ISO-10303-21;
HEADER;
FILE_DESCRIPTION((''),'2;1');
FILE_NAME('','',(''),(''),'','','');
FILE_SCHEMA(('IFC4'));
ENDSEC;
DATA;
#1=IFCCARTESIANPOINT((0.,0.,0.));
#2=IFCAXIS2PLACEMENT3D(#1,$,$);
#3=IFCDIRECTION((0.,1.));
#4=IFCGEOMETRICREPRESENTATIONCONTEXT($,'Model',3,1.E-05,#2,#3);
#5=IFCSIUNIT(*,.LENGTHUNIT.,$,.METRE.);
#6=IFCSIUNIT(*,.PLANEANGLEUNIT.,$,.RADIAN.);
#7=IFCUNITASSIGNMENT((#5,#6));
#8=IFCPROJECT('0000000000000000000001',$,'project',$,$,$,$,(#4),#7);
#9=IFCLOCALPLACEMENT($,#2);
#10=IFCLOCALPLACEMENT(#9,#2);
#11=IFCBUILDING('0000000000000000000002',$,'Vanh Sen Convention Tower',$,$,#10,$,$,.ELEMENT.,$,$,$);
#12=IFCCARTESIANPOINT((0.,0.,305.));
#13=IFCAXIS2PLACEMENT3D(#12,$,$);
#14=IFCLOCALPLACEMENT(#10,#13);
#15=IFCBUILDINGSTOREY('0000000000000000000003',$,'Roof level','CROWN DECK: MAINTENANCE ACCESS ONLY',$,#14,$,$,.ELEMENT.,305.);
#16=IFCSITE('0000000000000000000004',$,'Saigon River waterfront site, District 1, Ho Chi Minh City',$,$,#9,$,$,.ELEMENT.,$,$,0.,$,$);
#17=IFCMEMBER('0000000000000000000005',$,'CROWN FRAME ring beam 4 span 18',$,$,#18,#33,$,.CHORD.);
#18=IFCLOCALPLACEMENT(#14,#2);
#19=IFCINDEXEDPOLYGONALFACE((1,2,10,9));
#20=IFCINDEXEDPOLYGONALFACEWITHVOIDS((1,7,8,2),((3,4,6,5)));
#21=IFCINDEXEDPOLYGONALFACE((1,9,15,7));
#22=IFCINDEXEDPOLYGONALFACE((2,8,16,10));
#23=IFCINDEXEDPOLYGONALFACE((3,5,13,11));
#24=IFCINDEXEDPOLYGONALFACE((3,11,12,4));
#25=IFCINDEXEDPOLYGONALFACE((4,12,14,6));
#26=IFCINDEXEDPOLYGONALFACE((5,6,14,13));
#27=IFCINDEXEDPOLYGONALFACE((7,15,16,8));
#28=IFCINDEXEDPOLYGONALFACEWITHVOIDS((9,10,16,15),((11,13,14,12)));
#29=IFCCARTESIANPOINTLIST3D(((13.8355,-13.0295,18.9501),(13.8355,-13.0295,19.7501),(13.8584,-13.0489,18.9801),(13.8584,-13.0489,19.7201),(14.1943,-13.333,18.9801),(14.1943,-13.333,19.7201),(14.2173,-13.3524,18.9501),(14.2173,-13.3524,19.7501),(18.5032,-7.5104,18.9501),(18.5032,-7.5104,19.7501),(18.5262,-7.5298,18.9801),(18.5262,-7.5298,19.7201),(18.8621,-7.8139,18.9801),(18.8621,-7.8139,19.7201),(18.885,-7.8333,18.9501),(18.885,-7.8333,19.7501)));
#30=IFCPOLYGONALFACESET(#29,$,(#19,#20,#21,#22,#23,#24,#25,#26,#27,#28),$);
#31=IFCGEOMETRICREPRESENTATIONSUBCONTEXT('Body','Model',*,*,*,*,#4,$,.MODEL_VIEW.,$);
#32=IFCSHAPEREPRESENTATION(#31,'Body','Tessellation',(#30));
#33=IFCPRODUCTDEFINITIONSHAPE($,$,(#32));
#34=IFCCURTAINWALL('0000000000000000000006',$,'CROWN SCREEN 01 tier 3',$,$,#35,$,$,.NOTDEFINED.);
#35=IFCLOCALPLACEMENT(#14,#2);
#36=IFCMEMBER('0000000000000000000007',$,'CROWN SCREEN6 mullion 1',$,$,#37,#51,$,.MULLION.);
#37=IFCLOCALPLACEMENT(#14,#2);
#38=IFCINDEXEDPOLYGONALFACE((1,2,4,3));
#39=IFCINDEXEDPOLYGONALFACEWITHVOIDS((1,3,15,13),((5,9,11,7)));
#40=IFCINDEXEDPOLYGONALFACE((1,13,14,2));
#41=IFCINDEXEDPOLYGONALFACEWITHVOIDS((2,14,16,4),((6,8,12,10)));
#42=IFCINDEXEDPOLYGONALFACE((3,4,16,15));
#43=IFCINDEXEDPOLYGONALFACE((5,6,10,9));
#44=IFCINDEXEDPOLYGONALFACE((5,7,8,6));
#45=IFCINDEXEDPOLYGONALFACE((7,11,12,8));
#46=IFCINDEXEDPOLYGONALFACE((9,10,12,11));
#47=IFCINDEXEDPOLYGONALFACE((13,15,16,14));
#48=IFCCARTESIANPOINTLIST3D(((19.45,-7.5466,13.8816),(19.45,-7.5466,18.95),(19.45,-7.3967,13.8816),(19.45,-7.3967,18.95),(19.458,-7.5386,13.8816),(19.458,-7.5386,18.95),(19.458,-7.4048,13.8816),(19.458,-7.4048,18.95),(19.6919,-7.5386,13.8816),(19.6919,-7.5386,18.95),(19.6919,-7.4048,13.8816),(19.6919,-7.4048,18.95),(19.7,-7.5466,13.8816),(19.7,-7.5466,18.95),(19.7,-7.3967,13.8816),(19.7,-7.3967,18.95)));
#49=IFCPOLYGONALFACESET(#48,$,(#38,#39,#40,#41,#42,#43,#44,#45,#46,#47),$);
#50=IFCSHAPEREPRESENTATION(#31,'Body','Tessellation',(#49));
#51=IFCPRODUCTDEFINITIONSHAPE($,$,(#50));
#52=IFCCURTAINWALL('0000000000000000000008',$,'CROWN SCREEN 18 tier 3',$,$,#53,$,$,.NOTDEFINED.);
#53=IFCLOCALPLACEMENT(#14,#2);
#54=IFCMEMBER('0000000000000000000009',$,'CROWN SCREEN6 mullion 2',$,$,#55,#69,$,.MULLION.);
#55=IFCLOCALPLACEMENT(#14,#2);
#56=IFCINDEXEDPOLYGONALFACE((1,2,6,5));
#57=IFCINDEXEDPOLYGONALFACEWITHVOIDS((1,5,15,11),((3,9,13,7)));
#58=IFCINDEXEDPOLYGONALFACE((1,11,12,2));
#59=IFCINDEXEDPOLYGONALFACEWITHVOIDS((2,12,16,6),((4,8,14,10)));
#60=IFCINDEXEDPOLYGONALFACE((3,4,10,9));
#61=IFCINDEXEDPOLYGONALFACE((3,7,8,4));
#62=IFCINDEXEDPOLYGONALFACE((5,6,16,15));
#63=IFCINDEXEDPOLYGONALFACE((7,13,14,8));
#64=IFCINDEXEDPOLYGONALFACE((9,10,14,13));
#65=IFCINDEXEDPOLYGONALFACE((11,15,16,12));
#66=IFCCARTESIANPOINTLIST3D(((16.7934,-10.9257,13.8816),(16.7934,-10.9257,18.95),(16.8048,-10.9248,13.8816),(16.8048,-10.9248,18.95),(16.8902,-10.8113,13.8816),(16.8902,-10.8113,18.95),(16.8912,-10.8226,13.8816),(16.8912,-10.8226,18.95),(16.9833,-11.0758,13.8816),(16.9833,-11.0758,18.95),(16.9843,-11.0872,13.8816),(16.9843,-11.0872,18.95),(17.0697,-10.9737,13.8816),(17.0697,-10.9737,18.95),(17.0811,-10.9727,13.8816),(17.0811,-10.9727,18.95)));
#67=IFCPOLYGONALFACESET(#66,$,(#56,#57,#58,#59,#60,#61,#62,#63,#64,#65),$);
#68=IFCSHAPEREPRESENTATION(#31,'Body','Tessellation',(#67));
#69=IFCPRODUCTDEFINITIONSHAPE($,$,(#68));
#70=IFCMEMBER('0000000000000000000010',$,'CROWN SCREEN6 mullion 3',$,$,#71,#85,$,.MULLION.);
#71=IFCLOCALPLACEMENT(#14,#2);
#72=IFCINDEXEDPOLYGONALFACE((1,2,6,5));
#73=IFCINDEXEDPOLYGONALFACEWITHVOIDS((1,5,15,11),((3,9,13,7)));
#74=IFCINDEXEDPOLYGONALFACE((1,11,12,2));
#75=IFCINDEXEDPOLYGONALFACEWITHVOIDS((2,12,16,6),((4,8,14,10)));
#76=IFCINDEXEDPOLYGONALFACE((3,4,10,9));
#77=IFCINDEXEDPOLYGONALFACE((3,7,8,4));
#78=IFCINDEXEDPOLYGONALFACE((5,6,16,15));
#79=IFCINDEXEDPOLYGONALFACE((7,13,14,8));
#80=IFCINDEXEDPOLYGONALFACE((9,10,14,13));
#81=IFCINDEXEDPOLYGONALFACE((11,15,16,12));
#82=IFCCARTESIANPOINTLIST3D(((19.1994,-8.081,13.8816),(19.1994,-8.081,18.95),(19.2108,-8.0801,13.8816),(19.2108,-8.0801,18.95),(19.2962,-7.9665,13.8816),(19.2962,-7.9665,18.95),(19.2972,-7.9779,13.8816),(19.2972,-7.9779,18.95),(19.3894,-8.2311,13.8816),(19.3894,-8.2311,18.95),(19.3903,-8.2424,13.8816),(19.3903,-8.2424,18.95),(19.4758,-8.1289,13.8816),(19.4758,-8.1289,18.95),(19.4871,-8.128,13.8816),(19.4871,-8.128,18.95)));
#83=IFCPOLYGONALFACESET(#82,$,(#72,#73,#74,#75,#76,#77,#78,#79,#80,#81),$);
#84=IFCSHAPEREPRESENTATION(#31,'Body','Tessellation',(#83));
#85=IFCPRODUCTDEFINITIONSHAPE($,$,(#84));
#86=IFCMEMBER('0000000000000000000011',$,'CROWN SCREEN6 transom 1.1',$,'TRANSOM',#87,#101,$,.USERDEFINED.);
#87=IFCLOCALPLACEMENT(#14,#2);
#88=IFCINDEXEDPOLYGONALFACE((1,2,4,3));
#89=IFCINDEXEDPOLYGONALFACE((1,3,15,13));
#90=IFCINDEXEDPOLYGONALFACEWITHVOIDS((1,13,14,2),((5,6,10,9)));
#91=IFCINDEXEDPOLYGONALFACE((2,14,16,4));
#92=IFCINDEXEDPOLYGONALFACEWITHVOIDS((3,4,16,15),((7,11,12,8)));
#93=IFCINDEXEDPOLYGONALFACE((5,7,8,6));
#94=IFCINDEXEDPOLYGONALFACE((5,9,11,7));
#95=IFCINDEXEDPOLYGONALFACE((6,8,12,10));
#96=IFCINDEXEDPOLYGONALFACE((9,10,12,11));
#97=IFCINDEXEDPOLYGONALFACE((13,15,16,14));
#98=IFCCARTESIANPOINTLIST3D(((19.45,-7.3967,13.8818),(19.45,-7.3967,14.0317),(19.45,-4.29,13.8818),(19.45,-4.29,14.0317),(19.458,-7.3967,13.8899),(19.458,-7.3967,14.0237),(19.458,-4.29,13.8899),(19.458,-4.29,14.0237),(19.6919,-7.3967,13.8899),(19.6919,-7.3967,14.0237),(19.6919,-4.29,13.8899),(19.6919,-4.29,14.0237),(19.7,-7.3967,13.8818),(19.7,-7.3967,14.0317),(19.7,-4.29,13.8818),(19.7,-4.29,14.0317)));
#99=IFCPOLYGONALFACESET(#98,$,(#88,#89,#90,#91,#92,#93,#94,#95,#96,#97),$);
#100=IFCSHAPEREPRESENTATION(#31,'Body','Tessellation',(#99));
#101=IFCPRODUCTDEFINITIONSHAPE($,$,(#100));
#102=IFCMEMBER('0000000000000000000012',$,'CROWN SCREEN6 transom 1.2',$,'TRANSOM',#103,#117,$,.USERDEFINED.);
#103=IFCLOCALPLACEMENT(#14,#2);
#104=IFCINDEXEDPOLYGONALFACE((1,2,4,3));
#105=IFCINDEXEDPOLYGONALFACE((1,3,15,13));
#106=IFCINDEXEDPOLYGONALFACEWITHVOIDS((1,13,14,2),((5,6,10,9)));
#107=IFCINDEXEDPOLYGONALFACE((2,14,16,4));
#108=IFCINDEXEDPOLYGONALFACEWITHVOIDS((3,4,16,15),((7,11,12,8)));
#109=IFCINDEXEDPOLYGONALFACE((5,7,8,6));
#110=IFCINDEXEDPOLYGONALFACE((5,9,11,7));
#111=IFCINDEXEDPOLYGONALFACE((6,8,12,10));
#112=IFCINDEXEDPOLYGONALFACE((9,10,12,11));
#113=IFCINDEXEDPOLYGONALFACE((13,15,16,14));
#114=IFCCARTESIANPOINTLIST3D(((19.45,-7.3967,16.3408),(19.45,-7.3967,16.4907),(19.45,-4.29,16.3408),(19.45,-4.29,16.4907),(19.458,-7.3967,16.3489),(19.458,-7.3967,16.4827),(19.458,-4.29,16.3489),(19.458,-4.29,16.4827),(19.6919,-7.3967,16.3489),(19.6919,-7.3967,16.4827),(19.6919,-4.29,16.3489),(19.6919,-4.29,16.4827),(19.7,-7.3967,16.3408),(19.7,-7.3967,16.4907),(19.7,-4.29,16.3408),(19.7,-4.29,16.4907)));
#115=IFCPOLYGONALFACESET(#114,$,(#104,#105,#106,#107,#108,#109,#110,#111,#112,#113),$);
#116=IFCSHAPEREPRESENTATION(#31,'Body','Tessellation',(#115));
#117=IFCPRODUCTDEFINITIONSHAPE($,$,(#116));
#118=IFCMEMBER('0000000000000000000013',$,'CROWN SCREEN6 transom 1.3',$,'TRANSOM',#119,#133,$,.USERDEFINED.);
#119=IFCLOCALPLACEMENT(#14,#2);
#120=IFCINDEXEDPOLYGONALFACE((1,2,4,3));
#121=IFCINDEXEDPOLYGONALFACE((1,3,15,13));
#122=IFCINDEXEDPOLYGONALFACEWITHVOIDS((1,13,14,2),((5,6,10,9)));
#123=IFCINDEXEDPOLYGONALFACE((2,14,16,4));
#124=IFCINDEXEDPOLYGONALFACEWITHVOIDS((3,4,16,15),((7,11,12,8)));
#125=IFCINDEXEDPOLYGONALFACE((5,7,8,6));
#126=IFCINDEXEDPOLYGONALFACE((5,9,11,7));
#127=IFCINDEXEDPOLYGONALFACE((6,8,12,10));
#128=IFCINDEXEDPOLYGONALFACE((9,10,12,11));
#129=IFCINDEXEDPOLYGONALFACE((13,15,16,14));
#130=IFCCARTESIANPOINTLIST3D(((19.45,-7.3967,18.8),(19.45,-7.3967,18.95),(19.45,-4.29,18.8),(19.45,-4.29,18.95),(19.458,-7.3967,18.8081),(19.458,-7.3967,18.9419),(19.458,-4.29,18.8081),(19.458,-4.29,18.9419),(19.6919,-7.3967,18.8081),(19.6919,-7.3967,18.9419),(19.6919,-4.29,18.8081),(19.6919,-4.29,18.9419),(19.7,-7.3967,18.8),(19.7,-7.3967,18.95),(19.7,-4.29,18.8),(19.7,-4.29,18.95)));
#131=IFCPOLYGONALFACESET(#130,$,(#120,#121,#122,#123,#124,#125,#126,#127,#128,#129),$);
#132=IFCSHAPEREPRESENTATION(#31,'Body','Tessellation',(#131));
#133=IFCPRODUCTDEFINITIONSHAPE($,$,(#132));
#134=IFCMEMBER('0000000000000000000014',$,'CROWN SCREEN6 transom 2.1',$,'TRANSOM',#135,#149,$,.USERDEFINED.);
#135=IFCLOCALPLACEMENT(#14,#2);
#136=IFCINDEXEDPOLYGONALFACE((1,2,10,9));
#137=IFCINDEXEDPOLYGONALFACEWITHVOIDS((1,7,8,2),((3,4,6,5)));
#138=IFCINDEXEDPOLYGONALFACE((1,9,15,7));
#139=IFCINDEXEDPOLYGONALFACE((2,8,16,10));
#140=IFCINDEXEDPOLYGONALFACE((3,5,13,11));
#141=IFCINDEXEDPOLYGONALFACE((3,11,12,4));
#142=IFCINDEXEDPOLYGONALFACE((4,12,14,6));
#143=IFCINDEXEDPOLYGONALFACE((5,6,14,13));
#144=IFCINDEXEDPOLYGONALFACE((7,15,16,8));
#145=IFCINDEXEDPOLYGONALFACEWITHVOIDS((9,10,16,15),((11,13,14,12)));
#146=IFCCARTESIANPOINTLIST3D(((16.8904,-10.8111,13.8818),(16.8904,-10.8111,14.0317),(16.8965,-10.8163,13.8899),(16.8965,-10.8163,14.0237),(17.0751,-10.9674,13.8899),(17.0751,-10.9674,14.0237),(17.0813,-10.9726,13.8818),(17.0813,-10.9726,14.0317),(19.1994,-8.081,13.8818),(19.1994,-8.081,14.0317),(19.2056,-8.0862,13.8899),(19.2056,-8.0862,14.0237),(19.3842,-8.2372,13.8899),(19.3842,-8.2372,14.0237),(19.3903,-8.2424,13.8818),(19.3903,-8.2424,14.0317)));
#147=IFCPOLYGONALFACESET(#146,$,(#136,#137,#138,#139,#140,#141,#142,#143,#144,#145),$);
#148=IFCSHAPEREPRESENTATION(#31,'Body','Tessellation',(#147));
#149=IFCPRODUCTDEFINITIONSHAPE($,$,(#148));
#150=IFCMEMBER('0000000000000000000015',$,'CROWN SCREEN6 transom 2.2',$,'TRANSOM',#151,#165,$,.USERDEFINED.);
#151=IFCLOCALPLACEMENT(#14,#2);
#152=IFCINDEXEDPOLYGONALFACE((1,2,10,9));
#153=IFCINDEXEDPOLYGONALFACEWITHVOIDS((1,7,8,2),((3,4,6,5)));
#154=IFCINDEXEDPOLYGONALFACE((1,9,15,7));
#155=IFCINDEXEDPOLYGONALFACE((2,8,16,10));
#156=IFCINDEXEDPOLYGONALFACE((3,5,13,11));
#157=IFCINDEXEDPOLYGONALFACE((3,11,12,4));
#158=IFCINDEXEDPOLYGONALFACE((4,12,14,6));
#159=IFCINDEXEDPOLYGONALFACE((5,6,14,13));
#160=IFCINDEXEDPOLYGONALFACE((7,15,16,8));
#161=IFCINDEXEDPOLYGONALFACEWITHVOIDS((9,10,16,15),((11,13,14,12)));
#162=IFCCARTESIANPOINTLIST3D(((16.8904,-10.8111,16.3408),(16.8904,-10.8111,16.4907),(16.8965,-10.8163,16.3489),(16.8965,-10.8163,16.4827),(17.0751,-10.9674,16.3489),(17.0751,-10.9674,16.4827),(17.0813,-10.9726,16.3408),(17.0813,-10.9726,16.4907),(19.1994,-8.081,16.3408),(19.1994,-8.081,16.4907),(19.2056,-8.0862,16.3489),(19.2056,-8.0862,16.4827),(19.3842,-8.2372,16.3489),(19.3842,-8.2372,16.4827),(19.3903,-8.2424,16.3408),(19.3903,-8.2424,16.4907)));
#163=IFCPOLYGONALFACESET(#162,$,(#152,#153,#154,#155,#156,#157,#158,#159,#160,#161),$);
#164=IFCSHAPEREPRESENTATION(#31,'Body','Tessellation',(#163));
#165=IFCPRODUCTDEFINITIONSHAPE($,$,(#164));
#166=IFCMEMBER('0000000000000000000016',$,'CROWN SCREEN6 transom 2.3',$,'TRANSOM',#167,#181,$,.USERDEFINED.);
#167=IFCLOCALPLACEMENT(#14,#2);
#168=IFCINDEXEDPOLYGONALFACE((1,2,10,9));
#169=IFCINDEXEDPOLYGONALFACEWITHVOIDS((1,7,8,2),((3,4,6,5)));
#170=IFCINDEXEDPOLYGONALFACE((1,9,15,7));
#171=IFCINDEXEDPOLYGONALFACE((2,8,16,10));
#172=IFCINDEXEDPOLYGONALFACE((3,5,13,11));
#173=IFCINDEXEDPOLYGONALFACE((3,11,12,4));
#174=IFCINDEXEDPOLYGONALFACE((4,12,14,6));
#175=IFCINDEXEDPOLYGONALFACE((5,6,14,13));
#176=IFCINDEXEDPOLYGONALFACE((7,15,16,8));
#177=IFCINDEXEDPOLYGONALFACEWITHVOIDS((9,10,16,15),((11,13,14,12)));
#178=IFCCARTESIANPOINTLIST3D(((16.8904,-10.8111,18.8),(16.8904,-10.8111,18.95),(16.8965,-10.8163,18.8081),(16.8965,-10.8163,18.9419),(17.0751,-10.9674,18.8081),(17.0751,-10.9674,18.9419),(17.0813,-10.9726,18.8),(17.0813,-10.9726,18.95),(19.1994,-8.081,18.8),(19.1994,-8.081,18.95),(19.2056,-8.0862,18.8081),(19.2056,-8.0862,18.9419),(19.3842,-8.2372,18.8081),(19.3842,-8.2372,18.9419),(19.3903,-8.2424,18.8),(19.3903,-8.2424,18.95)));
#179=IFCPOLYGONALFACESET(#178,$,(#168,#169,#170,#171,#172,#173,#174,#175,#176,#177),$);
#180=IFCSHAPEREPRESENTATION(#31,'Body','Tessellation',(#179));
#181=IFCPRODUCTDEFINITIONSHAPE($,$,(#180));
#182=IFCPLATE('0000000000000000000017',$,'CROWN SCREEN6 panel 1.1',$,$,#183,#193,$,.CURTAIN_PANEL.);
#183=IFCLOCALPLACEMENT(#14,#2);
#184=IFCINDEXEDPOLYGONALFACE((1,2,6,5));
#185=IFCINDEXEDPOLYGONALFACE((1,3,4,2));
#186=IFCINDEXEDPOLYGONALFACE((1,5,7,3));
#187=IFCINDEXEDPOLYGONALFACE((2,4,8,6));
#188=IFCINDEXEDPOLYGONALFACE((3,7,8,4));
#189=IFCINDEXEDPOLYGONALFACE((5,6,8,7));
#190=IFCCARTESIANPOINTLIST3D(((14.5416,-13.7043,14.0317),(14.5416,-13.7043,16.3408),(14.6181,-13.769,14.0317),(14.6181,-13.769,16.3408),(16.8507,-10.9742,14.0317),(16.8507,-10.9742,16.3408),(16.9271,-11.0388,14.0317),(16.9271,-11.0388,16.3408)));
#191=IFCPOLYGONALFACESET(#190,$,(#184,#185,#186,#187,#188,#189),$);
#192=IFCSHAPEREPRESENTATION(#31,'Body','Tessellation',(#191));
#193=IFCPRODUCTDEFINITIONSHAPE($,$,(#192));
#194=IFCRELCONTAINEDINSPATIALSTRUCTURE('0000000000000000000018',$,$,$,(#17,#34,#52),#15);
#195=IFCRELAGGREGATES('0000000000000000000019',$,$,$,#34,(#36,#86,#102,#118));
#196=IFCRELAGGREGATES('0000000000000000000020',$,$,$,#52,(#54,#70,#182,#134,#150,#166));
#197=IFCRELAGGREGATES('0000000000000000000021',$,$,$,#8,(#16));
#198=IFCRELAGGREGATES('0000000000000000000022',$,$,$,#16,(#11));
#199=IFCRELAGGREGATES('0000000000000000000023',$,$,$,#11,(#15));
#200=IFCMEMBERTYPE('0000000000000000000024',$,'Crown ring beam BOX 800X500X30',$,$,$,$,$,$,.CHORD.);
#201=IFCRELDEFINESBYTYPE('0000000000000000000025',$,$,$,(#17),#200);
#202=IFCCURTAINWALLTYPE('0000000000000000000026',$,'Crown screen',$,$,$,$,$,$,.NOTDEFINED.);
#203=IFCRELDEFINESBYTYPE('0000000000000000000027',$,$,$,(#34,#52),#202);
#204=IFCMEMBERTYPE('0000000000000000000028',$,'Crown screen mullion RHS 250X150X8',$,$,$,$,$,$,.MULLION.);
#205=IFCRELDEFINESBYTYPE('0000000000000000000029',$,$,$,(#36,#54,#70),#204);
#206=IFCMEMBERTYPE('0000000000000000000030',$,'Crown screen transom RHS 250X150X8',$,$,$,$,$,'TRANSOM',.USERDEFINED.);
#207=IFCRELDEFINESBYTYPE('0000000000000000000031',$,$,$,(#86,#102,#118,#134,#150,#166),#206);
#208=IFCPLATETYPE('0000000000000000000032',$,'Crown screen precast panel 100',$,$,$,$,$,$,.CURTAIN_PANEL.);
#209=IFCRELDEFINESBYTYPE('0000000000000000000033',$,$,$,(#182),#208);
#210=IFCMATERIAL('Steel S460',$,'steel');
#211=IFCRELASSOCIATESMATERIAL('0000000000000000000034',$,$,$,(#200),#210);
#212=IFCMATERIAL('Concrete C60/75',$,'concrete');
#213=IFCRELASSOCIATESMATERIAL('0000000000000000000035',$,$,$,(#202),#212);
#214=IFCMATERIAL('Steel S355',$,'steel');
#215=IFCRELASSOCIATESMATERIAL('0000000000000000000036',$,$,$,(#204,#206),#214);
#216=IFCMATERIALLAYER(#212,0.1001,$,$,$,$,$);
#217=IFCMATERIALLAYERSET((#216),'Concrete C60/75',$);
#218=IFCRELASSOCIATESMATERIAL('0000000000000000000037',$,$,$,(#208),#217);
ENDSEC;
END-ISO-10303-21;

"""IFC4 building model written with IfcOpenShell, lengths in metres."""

from ifc_helpers import new_model, si_unit, direction, frame, origin, origin_2d, place, context, subcontext, project, spatial, rectangle, hollow_rectangle, extrude, material, layer, layer_set, material_profile, profile_set, type_object, element, aggregate, save


model = new_model("IFC4")

# Units and contexts
model_context = context("Model", 3, precision=1e-05, world=origin(), true_north=direction((0.0, 1.0)))
body_context = subcontext(model_context, "Body", "Model", "MODEL_VIEW")
ifc_project = project(units=[si_unit("LENGTHUNIT", "METRE"), si_unit("PLANEANGLEUNIT", "RADIAN")], contexts=[model_context])

# Site, building, storey
site_placement = place(None, origin())
site = spatial("IfcSite", under=ifc_project, at=site_placement, Name="Saigon River waterfront site, District 1, Ho Chi Minh City", CompositionType="ELEMENT", RefElevation=0.0)
building_placement = place(site_placement, origin())
building = spatial("IfcBuilding", under=site, at=building_placement, Name="Vanh Sen Convention Tower", CompositionType="ELEMENT")
storey_placement = place(building_placement, frame((0.0, 0.0, 305.0)))
storey = spatial("IfcBuildingStorey", under=building, at=storey_placement, Name="Roof level", Description="CROWN DECK: MAINTENANCE ACCESS ONLY", CompositionType="ELEMENT", Elevation=305.0)

# Member
ifc_material_1 = material(Name="Steel S460", Category="steel")
ifc_material_profile_1 = material_profile(ifc_material_1, hollow_rectangle(XDim=0.5, YDim=0.8, WallThickness=0.03, at=origin_2d()), Name="BOX 800X500X30")
ifc_profile_set_1 = profile_set([ifc_material_profile_1], Name="Steel S460")
member_type_1 = type_object("IfcMemberType", Name="Crown ring beam BOX 800X500X30", PredefinedType="CHORD", material=ifc_profile_set_1)
member_1_placement = place(storey_placement, frame((14.0264, -13.1909, 19.3501), z_axis=(0.645762, 0.763539, 0.0), x_axis=(-0.763539, 0.645762, 0.0)))
element("IfcMember", 1, at=member_1_placement, inside=storey, type_object=member_type_1, Name="CROWN FRAME ring beam 4 span 18", PredefinedType="CHORD", context=body_context, shape_type="SweptSolid", body=[
    extrude(hollow_rectangle(XDim=0.5, YDim=0.8, WallThickness=0.03, at=origin_2d()), origin(), (0.0, 0.0, 1.0), 7.2283),
])

# Curtain wall, member
ifc_material_2 = material(Name="Concrete C60/75", Category="concrete")
curtain_wall_type = type_object("IfcCurtainWallType", Name="Crown screen", PredefinedType="NOTDEFINED", material=ifc_material_2)
curtain_wall_1_placement = place(storey_placement, origin())
curtain_wall_1 = element("IfcCurtainWall", 2, at=curtain_wall_1_placement, inside=storey, type_object=curtain_wall_type, Name="CROWN SCREEN 01 tier 3", PredefinedType="NOTDEFINED")
ifc_material_3 = material(Name="Steel S355", Category="steel")
ifc_material_profile_2 = material_profile(ifc_material_3, hollow_rectangle(XDim=0.25, YDim=0.1499, WallThickness=0.0081, at=origin_2d()), Name="RHS 250X150X8")
ifc_profile_set_2 = profile_set([ifc_material_profile_2], Name="Steel S355")
member_type_2 = type_object("IfcMemberType", Name="Crown screen mullion RHS 250X150X8", PredefinedType="MULLION", material=ifc_profile_set_2)
member_2_placement = place(storey_placement, frame((19.575, -7.4717, 13.8816), z_axis=(0.0, 0.0, 1.0), x_axis=(-1.0, 0.0, 0.0)))
member_2 = element("IfcMember", 3, at=member_2_placement, type_object=member_type_2, Name="CROWN SCREEN6 mullion 1", PredefinedType="MULLION", context=body_context, shape_type="SweptSolid", body=[
    extrude(hollow_rectangle(XDim=0.25, YDim=0.1499, WallThickness=0.0081, at=origin_2d()), origin(), (0.0, 0.0, 1.0), 5.0684),
])

# Curtain wall, members
curtain_wall_2_placement = place(storey_placement, origin())
curtain_wall_2 = element("IfcCurtainWall", 4, at=curtain_wall_2_placement, inside=storey, type_object=curtain_wall_type, Name="CROWN SCREEN 18 tier 3", PredefinedType="NOTDEFINED")
member_3_placement = place(storey_placement, frame((16.9373, -10.9492, 13.8816), z_axis=(0.0, 0.0, 1.0), x_axis=(-0.763535, 0.645766, 0.0)))
member_3 = element("IfcMember", 5, at=member_3_placement, type_object=member_type_2, Name="CROWN SCREEN6 mullion 2", PredefinedType="MULLION", context=body_context, shape_type="SweptSolid", body=[
    extrude(hollow_rectangle(XDim=0.25, YDim=0.1499, WallThickness=0.0081, at=origin_2d()), origin(), (0.0, 0.0, 1.0), 5.0684),
])
member_4_placement = place(storey_placement, frame((19.3433, -8.1045, 13.8816), z_axis=(0.0, 0.0, 1.0), x_axis=(-0.763535, 0.645766, 0.0)))
member_4 = element("IfcMember", 6, at=member_4_placement, type_object=member_type_2, Name="CROWN SCREEN6 mullion 3", PredefinedType="MULLION", context=body_context, shape_type="SweptSolid", body=[
    extrude(hollow_rectangle(XDim=0.25, YDim=0.1499, WallThickness=0.0081, at=origin_2d()), origin(), (0.0, 0.0, 1.0), 5.0684),
])

# Members
ifc_material_profile_3 = material_profile(ifc_material_3, hollow_rectangle(XDim=0.25, YDim=0.1499, WallThickness=0.0081, at=origin_2d()), Name="RHS 250X150X8")
ifc_profile_set_3 = profile_set([ifc_material_profile_3], Name="Steel S355")
member_type_3 = type_object("IfcMemberType", Name="Crown screen transom RHS 250X150X8", ElementType="TRANSOM", PredefinedType="USERDEFINED", material=ifc_profile_set_3)
member_5_placement = place(storey_placement, frame((19.575, -7.3967, 13.9568), z_axis=(0.0, 1.0, 0.0), x_axis=(-1.0, 0.0, 0.0)))
member_5 = element("IfcMember", 7, at=member_5_placement, type_object=member_type_3, Name="CROWN SCREEN6 transom 1.1", ObjectType="TRANSOM", PredefinedType="USERDEFINED", context=body_context, shape_type="SweptSolid", body=[
    extrude(hollow_rectangle(XDim=0.25, YDim=0.1499, WallThickness=0.0081, at=origin_2d()), origin(), (0.0, 0.0, 1.0), 3.1067),
])
member_6_placement = place(storey_placement, frame((19.575, -7.3967, 16.4158), z_axis=(0.0, 1.0, 0.0), x_axis=(-1.0, 0.0, 0.0)))
member_6 = element("IfcMember", 8, at=member_6_placement, type_object=member_type_3, Name="CROWN SCREEN6 transom 1.2", ObjectType="TRANSOM", PredefinedType="USERDEFINED", context=body_context, shape_type="SweptSolid", body=[
    extrude(hollow_rectangle(XDim=0.25, YDim=0.1499, WallThickness=0.0081, at=origin_2d()), origin(), (0.0, 0.0, 1.0), 3.1067),
])
member_7_placement = place(storey_placement, frame((19.575, -7.3967, 18.875), z_axis=(0.0, 1.0, 0.0), x_axis=(-1.0, 0.0, 0.0)))
member_7 = element("IfcMember", 9, at=member_7_placement, type_object=member_type_3, Name="CROWN SCREEN6 transom 1.3", ObjectType="TRANSOM", PredefinedType="USERDEFINED", context=body_context, shape_type="SweptSolid", body=[
    extrude(hollow_rectangle(XDim=0.25, YDim=0.1499, WallThickness=0.0081, at=origin_2d()), origin(), (0.0, 0.0, 1.0), 3.1067),
])
aggregate(curtain_wall_1, [member_2, member_5, member_6, member_7])
member_8_placement = place(storey_placement, frame((16.9858, -10.8918, 13.9568), z_axis=(0.645762, 0.763539, 0.0), x_axis=(-0.763539, 0.645762, 0.0)))
member_8 = element("IfcMember", 10, at=member_8_placement, type_object=member_type_3, Name="CROWN SCREEN6 transom 2.1", ObjectType="TRANSOM", PredefinedType="USERDEFINED", context=body_context, shape_type="SweptSolid", body=[
    extrude(hollow_rectangle(XDim=0.25, YDim=0.1499, WallThickness=0.0081, at=origin_2d()), origin(), (0.0, 0.0, 1.0), 3.5757),
])
member_9_placement = place(storey_placement, frame((16.9858, -10.8918, 16.4158), z_axis=(0.645762, 0.763539, 0.0), x_axis=(-0.763539, 0.645762, 0.0)))
member_9 = element("IfcMember", 11, at=member_9_placement, type_object=member_type_3, Name="CROWN SCREEN6 transom 2.2", ObjectType="TRANSOM", PredefinedType="USERDEFINED", context=body_context, shape_type="SweptSolid", body=[
    extrude(hollow_rectangle(XDim=0.25, YDim=0.1499, WallThickness=0.0081, at=origin_2d()), origin(), (0.0, 0.0, 1.0), 3.5757),
])
member_10_placement = place(storey_placement, frame((16.9858, -10.8918, 18.875), z_axis=(0.645762, 0.763539, 0.0), x_axis=(-0.763539, 0.645762, 0.0)))
member_10 = element("IfcMember", 12, at=member_10_placement, type_object=member_type_3, Name="CROWN SCREEN6 transom 2.3", ObjectType="TRANSOM", PredefinedType="USERDEFINED", context=body_context, shape_type="SweptSolid", body=[
    extrude(hollow_rectangle(XDim=0.25, YDim=0.1499, WallThickness=0.0081, at=origin_2d()), origin(), (0.0, 0.0, 1.0), 3.5757),
])

# Plate
ifc_layer_1 = layer(ifc_material_2, 0.1001)
ifc_layer_set_1 = layer_set([ifc_layer_1], Name="Concrete C60/75")
plate_type = type_object("IfcPlateType", Name="Crown screen precast panel 100", PredefinedType="CURTAIN_PANEL", material=ifc_layer_set_1)
plate_1_placement = place(storey_placement, frame((15.7344, -12.3716, 14.0317), z_axis=(0.0, 0.0, 1.0), x_axis=(0.645766, 0.763535, 0.0)))
plate_1 = element("IfcPlate", 13, at=plate_1_placement, type_object=plate_type, Name="CROWN SCREEN6 panel 1.1", PredefinedType="CURTAIN_PANEL", context=body_context, shape_type="SweptSolid", body=[
    extrude(rectangle(XDim=3.5757, YDim=0.1001, at=origin_2d()), origin(), (0.0, 0.0, 1.0), 2.3091),
])
aggregate(curtain_wall_2, [member_3, member_4, plate_1, member_8, member_9, member_10])

save(model, "model.ifc")
